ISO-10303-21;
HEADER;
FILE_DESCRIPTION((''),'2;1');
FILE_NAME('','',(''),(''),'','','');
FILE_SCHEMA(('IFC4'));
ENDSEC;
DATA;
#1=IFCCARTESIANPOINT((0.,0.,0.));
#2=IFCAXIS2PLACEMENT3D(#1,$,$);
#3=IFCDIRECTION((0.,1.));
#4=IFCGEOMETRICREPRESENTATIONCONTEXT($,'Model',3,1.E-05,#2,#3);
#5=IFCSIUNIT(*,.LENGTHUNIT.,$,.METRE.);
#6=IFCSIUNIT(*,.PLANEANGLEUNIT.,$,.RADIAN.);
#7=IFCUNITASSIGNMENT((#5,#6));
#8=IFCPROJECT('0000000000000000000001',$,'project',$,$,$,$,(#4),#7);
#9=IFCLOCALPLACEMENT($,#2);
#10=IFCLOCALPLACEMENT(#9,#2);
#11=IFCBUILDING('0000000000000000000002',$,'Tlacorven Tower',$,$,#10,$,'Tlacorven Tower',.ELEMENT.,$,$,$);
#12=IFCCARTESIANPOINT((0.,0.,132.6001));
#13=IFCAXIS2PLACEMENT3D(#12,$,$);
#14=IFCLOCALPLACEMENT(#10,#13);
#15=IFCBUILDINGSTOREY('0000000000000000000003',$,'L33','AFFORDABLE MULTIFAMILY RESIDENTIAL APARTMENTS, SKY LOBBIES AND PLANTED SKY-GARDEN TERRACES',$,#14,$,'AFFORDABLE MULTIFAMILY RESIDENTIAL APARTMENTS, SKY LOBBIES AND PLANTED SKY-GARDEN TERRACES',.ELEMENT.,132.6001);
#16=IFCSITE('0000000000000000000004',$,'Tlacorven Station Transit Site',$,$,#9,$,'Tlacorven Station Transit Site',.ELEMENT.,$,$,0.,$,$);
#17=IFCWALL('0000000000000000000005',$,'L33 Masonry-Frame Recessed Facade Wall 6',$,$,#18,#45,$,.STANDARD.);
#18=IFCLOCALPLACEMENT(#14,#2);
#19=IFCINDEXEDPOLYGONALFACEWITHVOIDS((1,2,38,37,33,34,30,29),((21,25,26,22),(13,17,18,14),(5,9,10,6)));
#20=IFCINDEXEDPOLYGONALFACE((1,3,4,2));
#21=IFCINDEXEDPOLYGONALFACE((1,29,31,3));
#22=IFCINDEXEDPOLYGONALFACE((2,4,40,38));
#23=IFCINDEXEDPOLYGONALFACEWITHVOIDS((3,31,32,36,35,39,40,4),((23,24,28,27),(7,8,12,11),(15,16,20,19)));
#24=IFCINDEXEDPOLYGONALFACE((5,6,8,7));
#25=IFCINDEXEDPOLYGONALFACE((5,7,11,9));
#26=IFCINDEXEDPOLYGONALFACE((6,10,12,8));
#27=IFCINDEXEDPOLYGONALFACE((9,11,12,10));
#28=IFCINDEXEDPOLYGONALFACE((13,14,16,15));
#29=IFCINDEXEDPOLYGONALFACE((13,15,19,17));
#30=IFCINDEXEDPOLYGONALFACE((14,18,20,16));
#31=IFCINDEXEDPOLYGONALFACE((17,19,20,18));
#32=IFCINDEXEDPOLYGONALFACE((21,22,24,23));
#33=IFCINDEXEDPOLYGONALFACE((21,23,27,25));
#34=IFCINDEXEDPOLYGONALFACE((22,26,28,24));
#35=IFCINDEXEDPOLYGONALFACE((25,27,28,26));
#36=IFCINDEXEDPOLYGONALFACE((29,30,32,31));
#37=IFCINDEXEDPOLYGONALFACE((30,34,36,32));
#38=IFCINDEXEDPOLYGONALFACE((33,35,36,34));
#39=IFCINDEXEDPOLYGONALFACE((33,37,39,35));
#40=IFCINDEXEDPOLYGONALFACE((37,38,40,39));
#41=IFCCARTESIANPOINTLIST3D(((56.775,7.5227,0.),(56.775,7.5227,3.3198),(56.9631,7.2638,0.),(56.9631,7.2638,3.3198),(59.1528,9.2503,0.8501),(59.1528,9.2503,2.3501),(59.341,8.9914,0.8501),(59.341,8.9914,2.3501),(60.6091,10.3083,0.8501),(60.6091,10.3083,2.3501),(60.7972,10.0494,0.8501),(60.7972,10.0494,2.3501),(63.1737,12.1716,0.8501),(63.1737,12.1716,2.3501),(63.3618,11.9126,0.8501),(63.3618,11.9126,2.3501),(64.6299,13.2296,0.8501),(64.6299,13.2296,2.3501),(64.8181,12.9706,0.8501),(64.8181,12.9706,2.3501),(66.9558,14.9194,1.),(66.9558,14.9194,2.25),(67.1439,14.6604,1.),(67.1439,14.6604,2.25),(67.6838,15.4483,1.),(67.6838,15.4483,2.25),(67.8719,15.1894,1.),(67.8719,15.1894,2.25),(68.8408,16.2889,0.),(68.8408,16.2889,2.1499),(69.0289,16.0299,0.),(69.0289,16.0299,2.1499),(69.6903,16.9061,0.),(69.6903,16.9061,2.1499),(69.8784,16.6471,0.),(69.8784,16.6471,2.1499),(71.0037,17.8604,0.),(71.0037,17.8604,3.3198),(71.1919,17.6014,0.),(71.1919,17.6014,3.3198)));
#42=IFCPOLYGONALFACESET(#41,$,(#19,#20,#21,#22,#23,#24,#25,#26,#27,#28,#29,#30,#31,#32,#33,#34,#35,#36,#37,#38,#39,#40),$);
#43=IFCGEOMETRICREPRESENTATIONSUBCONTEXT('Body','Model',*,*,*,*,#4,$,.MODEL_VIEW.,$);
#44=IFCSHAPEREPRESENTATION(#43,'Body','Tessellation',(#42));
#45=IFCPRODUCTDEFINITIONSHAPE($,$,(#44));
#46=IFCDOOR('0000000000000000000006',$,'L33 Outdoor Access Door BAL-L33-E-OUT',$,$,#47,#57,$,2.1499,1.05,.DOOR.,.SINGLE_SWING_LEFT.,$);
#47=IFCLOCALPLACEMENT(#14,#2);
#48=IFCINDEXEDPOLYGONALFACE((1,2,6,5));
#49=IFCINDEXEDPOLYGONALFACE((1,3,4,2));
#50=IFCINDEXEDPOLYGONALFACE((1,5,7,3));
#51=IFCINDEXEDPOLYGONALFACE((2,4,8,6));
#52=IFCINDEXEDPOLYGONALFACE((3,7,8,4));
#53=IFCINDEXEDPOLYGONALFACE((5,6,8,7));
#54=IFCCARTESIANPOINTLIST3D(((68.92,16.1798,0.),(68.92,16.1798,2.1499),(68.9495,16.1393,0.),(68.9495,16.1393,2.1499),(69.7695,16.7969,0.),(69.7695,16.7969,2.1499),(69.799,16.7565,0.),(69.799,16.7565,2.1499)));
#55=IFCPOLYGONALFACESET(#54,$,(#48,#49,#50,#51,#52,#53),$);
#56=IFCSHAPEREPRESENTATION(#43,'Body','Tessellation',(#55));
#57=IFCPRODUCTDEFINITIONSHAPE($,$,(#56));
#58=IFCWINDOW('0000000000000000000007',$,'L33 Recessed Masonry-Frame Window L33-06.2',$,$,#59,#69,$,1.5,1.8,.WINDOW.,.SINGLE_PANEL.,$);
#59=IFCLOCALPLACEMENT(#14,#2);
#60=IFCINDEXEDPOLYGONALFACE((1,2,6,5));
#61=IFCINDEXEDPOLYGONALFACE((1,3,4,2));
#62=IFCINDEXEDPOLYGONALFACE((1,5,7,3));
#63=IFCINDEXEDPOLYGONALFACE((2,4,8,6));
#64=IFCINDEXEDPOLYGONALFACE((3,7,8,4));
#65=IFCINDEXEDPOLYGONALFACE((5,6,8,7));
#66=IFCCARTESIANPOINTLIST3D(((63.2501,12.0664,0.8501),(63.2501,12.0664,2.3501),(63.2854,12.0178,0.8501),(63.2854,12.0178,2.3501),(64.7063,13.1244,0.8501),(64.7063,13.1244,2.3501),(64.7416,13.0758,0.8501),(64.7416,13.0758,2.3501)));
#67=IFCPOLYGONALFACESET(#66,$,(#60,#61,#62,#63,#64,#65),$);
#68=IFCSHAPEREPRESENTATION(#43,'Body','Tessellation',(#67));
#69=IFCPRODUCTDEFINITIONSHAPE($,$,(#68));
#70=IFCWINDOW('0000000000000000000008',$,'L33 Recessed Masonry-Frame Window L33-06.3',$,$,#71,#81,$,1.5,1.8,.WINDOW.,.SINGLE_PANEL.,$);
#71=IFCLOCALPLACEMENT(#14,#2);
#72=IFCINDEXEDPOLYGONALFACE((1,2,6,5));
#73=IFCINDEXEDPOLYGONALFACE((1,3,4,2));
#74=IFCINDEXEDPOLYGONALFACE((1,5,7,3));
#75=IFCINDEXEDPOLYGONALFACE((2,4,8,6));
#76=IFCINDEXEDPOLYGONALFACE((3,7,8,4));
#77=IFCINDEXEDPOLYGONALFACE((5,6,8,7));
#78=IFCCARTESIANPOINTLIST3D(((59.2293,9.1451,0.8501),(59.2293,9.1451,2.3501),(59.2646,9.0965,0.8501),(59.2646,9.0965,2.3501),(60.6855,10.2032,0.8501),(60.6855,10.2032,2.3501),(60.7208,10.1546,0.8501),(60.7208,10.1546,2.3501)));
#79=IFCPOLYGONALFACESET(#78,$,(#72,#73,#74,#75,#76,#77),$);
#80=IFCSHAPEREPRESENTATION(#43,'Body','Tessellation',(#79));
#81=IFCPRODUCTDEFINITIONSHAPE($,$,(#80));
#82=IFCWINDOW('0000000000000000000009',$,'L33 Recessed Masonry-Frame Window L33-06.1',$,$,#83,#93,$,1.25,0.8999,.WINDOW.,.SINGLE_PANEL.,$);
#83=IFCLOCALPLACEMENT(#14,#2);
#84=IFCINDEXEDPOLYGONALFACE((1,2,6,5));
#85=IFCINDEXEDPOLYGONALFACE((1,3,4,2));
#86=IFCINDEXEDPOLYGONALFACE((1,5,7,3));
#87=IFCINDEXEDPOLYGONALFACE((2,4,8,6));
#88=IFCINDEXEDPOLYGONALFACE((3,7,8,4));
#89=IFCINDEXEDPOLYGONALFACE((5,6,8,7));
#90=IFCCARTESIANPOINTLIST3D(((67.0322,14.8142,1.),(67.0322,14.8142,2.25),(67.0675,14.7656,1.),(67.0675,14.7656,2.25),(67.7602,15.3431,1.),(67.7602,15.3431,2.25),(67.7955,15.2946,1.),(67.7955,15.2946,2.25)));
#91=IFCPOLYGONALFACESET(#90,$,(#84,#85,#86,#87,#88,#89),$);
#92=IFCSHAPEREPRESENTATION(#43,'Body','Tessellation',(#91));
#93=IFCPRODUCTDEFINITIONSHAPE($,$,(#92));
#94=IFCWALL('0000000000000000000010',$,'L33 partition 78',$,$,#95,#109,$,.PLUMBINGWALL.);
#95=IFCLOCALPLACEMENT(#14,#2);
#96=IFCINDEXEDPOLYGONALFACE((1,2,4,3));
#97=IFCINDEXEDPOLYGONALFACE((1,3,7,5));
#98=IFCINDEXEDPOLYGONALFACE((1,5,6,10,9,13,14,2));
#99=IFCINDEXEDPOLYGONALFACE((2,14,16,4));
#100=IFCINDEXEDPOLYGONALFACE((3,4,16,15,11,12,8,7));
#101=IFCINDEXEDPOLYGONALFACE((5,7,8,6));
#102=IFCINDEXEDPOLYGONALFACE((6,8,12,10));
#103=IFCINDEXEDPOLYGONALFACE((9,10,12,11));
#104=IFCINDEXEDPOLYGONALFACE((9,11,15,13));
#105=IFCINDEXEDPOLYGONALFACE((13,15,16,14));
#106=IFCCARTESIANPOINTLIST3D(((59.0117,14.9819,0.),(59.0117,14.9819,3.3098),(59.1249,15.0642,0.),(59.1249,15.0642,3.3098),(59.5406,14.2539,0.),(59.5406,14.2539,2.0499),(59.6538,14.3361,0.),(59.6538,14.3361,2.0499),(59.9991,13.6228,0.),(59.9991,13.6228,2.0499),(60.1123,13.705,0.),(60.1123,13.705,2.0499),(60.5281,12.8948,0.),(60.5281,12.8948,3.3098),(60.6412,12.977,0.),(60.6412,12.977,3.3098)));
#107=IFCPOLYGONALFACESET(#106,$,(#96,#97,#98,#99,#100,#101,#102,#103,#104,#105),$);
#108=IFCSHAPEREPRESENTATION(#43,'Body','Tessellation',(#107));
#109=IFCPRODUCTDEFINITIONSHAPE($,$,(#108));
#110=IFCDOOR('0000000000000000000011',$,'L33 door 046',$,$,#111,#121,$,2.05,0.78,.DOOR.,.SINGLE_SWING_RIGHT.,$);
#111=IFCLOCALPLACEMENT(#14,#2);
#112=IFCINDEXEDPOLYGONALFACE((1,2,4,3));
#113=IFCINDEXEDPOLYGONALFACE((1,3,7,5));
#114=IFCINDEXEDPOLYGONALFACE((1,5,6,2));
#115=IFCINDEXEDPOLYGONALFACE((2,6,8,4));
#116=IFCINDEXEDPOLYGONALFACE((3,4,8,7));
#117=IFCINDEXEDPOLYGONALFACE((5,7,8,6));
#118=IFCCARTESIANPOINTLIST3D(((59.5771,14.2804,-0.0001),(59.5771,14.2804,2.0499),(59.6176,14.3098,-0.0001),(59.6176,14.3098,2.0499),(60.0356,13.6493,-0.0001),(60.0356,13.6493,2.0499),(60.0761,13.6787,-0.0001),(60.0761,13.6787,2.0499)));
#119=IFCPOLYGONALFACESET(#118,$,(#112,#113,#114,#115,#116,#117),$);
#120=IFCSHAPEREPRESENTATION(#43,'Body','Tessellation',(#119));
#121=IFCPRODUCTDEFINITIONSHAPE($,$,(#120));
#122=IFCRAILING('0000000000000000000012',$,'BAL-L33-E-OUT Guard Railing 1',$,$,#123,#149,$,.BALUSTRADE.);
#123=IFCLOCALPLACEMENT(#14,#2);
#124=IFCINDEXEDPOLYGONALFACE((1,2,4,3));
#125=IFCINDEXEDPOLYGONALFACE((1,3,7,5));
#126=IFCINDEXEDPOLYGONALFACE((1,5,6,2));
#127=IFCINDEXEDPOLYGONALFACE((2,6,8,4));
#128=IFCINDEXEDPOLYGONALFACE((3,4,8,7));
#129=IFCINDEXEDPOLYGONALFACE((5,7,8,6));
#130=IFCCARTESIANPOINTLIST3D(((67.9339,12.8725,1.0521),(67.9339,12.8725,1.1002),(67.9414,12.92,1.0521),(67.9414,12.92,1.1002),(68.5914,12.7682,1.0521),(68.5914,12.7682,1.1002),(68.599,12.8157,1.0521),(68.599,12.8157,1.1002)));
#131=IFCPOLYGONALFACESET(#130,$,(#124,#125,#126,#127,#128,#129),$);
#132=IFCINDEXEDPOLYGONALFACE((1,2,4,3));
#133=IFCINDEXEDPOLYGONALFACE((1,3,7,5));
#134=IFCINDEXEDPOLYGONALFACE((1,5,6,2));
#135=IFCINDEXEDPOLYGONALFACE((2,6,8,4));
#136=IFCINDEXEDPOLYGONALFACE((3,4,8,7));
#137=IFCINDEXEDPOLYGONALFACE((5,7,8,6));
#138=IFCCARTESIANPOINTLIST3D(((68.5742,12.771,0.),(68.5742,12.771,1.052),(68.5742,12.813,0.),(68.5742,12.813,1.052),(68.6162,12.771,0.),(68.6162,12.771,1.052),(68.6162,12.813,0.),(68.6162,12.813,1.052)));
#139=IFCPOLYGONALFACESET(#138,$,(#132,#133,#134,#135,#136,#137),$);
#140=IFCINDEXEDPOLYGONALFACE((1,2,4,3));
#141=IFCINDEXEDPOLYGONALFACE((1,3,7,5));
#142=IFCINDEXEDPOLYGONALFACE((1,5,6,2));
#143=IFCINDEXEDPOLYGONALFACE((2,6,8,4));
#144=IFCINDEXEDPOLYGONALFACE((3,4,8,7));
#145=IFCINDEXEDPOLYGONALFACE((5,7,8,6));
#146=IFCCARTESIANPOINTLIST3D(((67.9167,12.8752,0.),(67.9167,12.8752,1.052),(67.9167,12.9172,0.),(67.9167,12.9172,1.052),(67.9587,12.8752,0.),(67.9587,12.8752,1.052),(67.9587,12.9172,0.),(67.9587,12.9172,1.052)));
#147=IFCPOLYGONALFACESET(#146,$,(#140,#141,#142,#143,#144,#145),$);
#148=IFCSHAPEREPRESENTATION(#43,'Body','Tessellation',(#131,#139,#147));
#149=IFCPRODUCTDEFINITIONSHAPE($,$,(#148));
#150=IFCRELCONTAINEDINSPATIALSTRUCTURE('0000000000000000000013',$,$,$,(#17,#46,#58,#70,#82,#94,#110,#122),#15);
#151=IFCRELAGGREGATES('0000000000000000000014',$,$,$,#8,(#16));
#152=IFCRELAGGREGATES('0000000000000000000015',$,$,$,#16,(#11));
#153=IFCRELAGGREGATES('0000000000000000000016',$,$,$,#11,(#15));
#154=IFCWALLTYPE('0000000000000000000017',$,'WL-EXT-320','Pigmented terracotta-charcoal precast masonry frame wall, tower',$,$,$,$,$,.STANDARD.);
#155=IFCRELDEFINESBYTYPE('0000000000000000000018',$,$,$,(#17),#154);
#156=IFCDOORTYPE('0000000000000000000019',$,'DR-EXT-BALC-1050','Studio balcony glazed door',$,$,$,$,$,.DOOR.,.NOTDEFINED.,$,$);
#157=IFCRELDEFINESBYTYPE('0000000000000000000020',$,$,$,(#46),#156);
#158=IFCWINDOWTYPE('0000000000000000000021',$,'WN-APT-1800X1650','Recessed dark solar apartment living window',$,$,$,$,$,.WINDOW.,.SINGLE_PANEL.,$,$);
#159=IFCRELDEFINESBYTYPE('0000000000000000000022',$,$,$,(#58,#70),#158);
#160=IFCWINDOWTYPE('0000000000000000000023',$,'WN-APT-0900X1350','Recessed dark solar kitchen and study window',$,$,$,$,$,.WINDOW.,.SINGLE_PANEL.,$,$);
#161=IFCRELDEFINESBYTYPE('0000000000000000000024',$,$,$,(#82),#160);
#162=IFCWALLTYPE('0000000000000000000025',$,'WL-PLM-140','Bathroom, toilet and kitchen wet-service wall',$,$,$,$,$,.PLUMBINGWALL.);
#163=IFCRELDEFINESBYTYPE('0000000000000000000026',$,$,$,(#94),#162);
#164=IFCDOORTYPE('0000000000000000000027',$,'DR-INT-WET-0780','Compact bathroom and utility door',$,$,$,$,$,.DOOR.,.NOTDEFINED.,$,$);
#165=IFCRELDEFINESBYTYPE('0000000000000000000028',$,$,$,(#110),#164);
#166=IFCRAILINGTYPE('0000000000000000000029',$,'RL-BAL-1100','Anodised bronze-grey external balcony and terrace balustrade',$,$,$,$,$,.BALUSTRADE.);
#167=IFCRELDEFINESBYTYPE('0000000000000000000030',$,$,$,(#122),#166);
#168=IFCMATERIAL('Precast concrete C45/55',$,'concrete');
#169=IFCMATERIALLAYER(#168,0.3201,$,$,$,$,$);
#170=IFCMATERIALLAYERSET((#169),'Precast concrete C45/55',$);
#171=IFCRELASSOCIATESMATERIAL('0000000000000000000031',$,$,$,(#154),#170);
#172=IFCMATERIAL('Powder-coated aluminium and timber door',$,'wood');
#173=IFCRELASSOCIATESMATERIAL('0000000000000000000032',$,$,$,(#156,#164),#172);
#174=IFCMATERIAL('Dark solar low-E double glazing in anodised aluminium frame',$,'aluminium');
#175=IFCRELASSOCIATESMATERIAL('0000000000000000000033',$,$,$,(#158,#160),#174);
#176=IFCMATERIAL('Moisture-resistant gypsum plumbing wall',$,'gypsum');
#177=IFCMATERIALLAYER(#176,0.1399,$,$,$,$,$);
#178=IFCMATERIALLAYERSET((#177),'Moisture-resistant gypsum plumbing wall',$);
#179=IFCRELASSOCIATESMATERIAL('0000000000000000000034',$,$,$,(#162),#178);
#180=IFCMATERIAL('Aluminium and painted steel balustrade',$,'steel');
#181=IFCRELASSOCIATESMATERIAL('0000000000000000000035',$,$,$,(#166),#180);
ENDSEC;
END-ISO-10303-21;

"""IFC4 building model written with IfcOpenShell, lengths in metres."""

from ifc_helpers import new_model, si_unit, direction, frame, frame_2d, origin, origin_2d, place, context, subcontext, project, spatial, rectangle, extrude, source, transform, mapped, material, layer, layer_set, type_object, element, fill, save


model = new_model("IFC4")

# Units and contexts
model_context = context("Model", 3, precision=1e-05, world=origin(), true_north=direction((0.0, 1.0)))
body_context = subcontext(model_context, "Body", "Model", "MODEL_VIEW")
ifc_project = project(units=[si_unit("LENGTHUNIT", "METRE"), si_unit("PLANEANGLEUNIT", "RADIAN")], contexts=[model_context])

# Site, building, storey
site_placement = place(None, origin())
site = spatial("IfcSite", under=ifc_project, at=site_placement, Name="Tlacorven Station Transit Site", LongName="Tlacorven Station Transit Site", CompositionType="ELEMENT", RefElevation=0.0)
building_placement = place(site_placement, origin())
building = spatial("IfcBuilding", under=site, at=building_placement, Name="Tlacorven Tower", LongName="Tlacorven Tower", CompositionType="ELEMENT")
storey_placement = place(building_placement, frame((0.0, 0.0, 132.6001)))
storey = spatial("IfcBuildingStorey", under=building, at=storey_placement, Name="L33", Description="AFFORDABLE MULTIFAMILY RESIDENTIAL APARTMENTS, SKY LOBBIES AND PLANTED SKY-GARDEN TERRACES", LongName="AFFORDABLE MULTIFAMILY RESIDENTIAL APARTMENTS, SKY LOBBIES AND PLANTED SKY-GARDEN TERRACES", CompositionType="ELEMENT", Elevation=132.6001)

# Wall, openings, door, windows
ifc_material_1 = material(Name="Precast concrete C45/55", Category="concrete")
ifc_layer_1 = layer(ifc_material_1, 0.3201)
ifc_layer_set_1 = layer_set([ifc_layer_1], Name="Precast concrete C45/55")
wall_type_1 = type_object("IfcWallType", Name="WL-EXT-320", Description="Pigmented terracotta-charcoal precast masonry frame wall, tower", PredefinedType="STANDARD", material=ifc_layer_set_1)
wall_1_placement = place(storey_placement, frame((71.0979, 17.731, 0.0), z_axis=(0.0, 0.0, 1.0), x_axis=(-0.809021, -0.58778, 0.0)))
wall_1 = element("IfcWall", 1, at=wall_1_placement, inside=storey, type_object=wall_type_1, Name="L33 Masonry-Frame Recessed Facade Wall 6", PredefinedType="STANDARD", context=body_context, shape_type="SweptSolid", body=[
    extrude(rectangle(XDim=17.5876, YDim=0.3201, at=frame_2d((8.7939, 0.0))), origin(), (0.0, 0.0, 1.0), 3.3198),
])
opening_1_placement = place(wall_1_placement, frame((1.6238, 0.0, 0.0)))
opening_1 = element("IfcOpeningElement", 2, at=opening_1_placement, cuts=wall_1, PredefinedType="OPENING", context=body_context, shape_type="SweptSolid", body=[
    extrude(rectangle(XDim=1.05, YDim=2.1499, at=frame_2d((0.5249, 1.075))), frame((0.0, 0.1699, 0.0), z_axis=(0.0, -1.0, 0.0), x_axis=(1.0, 0.0, 0.0)), (0.0, 0.0, 1.0), 0.3401),
])
opening_2_placement = place(wall_1_placement, frame((4.1038, 0.0, 1.0)))
opening_2 = element("IfcOpeningElement", 3, at=opening_2_placement, cuts=wall_1, PredefinedType="OPENING", context=body_context, shape_type="SweptSolid", body=[
    extrude(rectangle(XDim=0.8999, YDim=1.25, at=frame_2d((0.45, 0.625))), frame((0.0, 0.1699, 0.0), z_axis=(0.0, -1.0, 0.0), x_axis=(1.0, 0.0, 0.0)), (0.0, 0.0, 1.0), 0.3401),
])
opening_3_placement = place(wall_1_placement, frame((7.8787, 0.0, 0.8501)))
opening_3 = element("IfcOpeningElement", 4, at=opening_3_placement, cuts=wall_1, PredefinedType="OPENING", context=body_context, shape_type="SweptSolid", body=[
    extrude(rectangle(XDim=1.8, YDim=1.5, at=frame_2d((0.8999, 0.75))), frame((0.0, 0.1699, 0.0), z_axis=(0.0, -1.0, 0.0), x_axis=(1.0, 0.0, 0.0)), (0.0, 0.0, 1.0), 0.3401),
])
opening_4_placement = place(wall_1_placement, frame((12.8486, 0.0, 0.8501)))
opening_4 = element("IfcOpeningElement", 5, at=opening_4_placement, cuts=wall_1, PredefinedType="OPENING", context=body_context, shape_type="SweptSolid", body=[
    extrude(rectangle(XDim=1.8, YDim=1.5, at=frame_2d((0.8999, 0.75))), frame((0.0, 0.1699, 0.0), z_axis=(0.0, -1.0, 0.0), x_axis=(1.0, 0.0, 0.0)), (0.0, 0.0, 1.0), 0.3401),
])
ifc_material_2 = material(Name="Powder-coated aluminium and timber door", Category="wood")
door_type_1 = type_object("IfcDoorType", Name="DR-EXT-BALC-1050", Description="Studio balcony glazed door", OperationType="NOTDEFINED", PredefinedType="DOOR", material=ifc_material_2)
shared_shape_1 = source(origin(), body_context, "Body", "SweptSolid", [
    extrude(rectangle(XDim=1.05, YDim=2.1499, at=frame_2d((0.5249, 1.075))), frame((0.0, 0.0249, 0.0), z_axis=(0.0, -1.0, 0.0), x_axis=(1.0, 0.0, 0.0)), (0.0, 0.0, 1.0), 0.05),
])
door_1_placement = place(opening_1_placement, origin())
door_1 = element("IfcDoor", 6, at=door_1_placement, inside=storey, type_object=door_type_1, Name="L33 Outdoor Access Door BAL-L33-E-OUT", OperationType="SINGLE_SWING_LEFT", OverallHeight=2.1499, OverallWidth=1.05, PredefinedType="DOOR", context=body_context, shape_type="MappedRepresentation", body=[
    mapped(shared_shape_1, transform((0.0, 0.0, 0.0), scale=1.0)),
])
fill(opening_1, door_1)
ifc_material_3 = material(Name="Dark solar low-E double glazing in anodised aluminium frame", Category="aluminium")
window_type_1 = type_object("IfcWindowType", Name="WN-APT-1800X1650", Description="Recessed dark solar apartment living window", PartitioningType="SINGLE_PANEL", PredefinedType="WINDOW", material=ifc_material_3)
shared_shape_2 = source(origin(), body_context, "Body", "SweptSolid", [
    extrude(rectangle(XDim=1.8, YDim=1.5, at=frame_2d((0.8999, 0.75))), frame((0.0, 0.03, 0.0), z_axis=(0.0, -1.0, 0.0), x_axis=(1.0, 0.0, 0.0)), (0.0, 0.0, 1.0), 0.0601),
])
window_1_placement = place(opening_3_placement, origin())
window_1 = element("IfcWindow", 7, at=window_1_placement, inside=storey, type_object=window_type_1, Name="L33 Recessed Masonry-Frame Window L33-06.2", OverallHeight=1.5, OverallWidth=1.8, PartitioningType="SINGLE_PANEL", PredefinedType="WINDOW", context=body_context, shape_type="MappedRepresentation", body=[
    mapped(shared_shape_2, transform((0.0, 0.0, 0.0), scale=1.0)),
])
fill(opening_3, window_1)
window_2_placement = place(opening_4_placement, origin())
window_2 = element("IfcWindow", 8, at=window_2_placement, inside=storey, type_object=window_type_1, Name="L33 Recessed Masonry-Frame Window L33-06.3", OverallHeight=1.5, OverallWidth=1.8, PartitioningType="SINGLE_PANEL", PredefinedType="WINDOW", context=body_context, shape_type="MappedRepresentation", body=[
    mapped(shared_shape_2, transform((0.0, 0.0, 0.0), scale=1.0)),
])
fill(opening_4, window_2)
window_type_2 = type_object("IfcWindowType", Name="WN-APT-0900X1350", Description="Recessed dark solar kitchen and study window", PartitioningType="SINGLE_PANEL", PredefinedType="WINDOW", material=ifc_material_3)
shared_shape_3 = source(origin(), body_context, "Body", "SweptSolid", [
    extrude(rectangle(XDim=0.8999, YDim=1.25, at=frame_2d((0.45, 0.625))), frame((0.0, 0.03, 0.0), z_axis=(0.0, -1.0, 0.0), x_axis=(1.0, 0.0, 0.0)), (0.0, 0.0, 1.0), 0.0601),
])
window_3_placement = place(opening_2_placement, origin())
window_3 = element("IfcWindow", 9, at=window_3_placement, inside=storey, type_object=window_type_2, Name="L33 Recessed Masonry-Frame Window L33-06.1", OverallHeight=1.25, OverallWidth=0.8999, PartitioningType="SINGLE_PANEL", PredefinedType="WINDOW", context=body_context, shape_type="MappedRepresentation", body=[
    mapped(shared_shape_3, transform((0.0, 0.0, 0.0), scale=1.0)),
])
fill(opening_2, window_3)

# Wall, opening, door
ifc_material_4 = material(Name="Moisture-resistant gypsum plumbing wall", Category="gypsum")
ifc_layer_2 = layer(ifc_material_4, 0.1399)
ifc_layer_set_2 = layer_set([ifc_layer_2], Name="Moisture-resistant gypsum plumbing wall")
wall_type_2 = type_object("IfcWallType", Name="WL-PLM-140", Description="Bathroom, toilet and kitchen wet-service wall", PredefinedType="PLUMBINGWALL", material=ifc_layer_set_2)
wall_2_placement = place(storey_placement, frame((60.5847, 12.9358, 0.0), z_axis=(0.0, 0.0, 1.0), x_axis=(-0.587772, 0.809027, 0.0)))
wall_2 = element("IfcWall", 10, at=wall_2_placement, inside=storey, type_object=wall_type_2, Name="L33 partition 78", PredefinedType="PLUMBINGWALL", context=body_context, shape_type="SweptSolid", body=[
    extrude(rectangle(XDim=2.5798, YDim=0.1399, at=frame_2d((1.29, 0.0))), origin(), (0.0, 0.0, 1.0), 3.3098),
])
opening_5_placement = place(wall_2_placement, frame((0.8999, 0.0, 0.0)))
opening_5 = element("IfcOpeningElement", 11, at=opening_5_placement, cuts=wall_2, PredefinedType="OPENING", context=body_context, shape_type="SweptSolid", body=[
    extrude(rectangle(XDim=0.78, YDim=2.05, at=frame_2d((0.3901, 1.0249))), frame((0.0, 0.0801, 0.0), z_axis=(0.0, -1.0, 0.0), x_axis=(1.0, 0.0, 0.0)), (0.0, 0.0, 1.0), 0.1599),
])
door_type_2 = type_object("IfcDoorType", Name="DR-INT-WET-0780", Description="Compact bathroom and utility door", OperationType="NOTDEFINED", PredefinedType="DOOR", material=ifc_material_2)
shared_shape_4 = source(origin(), body_context, "Body", "SweptSolid", [
    extrude(rectangle(XDim=0.78, YDim=2.05, at=frame_2d((0.3901, 1.0249))), frame((0.0, 0.0249, 0.0), z_axis=(0.0, -1.0, 0.0), x_axis=(1.0, 0.0, 0.0)), (0.0, 0.0, 1.0), 0.05),
])
door_2_placement = place(opening_5_placement, origin())
door_2 = element("IfcDoor", 12, at=door_2_placement, inside=storey, type_object=door_type_2, Name="L33 door 046", OperationType="SINGLE_SWING_RIGHT", OverallHeight=2.05, OverallWidth=0.78, PredefinedType="DOOR", context=body_context, shape_type="MappedRepresentation", body=[
    mapped(shared_shape_4, transform((0.0, 0.0, 0.0), scale=1.0)),
])
fill(opening_5, door_2)

# Railing
ifc_material_5 = material(Name="Aluminium and painted steel balustrade", Category="steel")
railing_type_1 = type_object("IfcRailingType", Name="RL-BAL-1100", Description="Anodised bronze-grey external balcony and terrace balustrade", PredefinedType="BALUSTRADE", material=ifc_material_5)
shared_shape_5 = source(origin(), body_context, "Body", "SweptSolid", [
    extrude(rectangle(XDim=0.0481, YDim=0.0481, at=origin_2d()), frame((0.0, 0.0, 1.0762), z_axis=(-0.987662, 0.156603, 0.0), x_axis=(-0.156603, -0.987662, 0.0)), (0.0, 0.0, 1.0), 0.6658),
    extrude(rectangle(XDim=0.042, YDim=0.042, at=origin_2d()), origin(), (0.0, 0.0, 1.0), 1.052),
    extrude(rectangle(XDim=0.042, YDim=0.042, at=origin_2d()), frame((-0.6575, 0.1042, 0.0)), (0.0, 0.0, 1.0), 1.052),
])
railing_1_placement = place(storey_placement, frame((68.5952, 12.792, 0.0)))
element("IfcRailing", 13, at=railing_1_placement, inside=storey, type_object=railing_type_1, Name="BAL-L33-E-OUT Guard Railing 1", PredefinedType="BALUSTRADE", context=body_context, shape_type="MappedRepresentation", body=[
    mapped(shared_shape_5, transform((0.0, 0.0, 0.0), scale=1.0)),
])

save(model, "model.ifc")
